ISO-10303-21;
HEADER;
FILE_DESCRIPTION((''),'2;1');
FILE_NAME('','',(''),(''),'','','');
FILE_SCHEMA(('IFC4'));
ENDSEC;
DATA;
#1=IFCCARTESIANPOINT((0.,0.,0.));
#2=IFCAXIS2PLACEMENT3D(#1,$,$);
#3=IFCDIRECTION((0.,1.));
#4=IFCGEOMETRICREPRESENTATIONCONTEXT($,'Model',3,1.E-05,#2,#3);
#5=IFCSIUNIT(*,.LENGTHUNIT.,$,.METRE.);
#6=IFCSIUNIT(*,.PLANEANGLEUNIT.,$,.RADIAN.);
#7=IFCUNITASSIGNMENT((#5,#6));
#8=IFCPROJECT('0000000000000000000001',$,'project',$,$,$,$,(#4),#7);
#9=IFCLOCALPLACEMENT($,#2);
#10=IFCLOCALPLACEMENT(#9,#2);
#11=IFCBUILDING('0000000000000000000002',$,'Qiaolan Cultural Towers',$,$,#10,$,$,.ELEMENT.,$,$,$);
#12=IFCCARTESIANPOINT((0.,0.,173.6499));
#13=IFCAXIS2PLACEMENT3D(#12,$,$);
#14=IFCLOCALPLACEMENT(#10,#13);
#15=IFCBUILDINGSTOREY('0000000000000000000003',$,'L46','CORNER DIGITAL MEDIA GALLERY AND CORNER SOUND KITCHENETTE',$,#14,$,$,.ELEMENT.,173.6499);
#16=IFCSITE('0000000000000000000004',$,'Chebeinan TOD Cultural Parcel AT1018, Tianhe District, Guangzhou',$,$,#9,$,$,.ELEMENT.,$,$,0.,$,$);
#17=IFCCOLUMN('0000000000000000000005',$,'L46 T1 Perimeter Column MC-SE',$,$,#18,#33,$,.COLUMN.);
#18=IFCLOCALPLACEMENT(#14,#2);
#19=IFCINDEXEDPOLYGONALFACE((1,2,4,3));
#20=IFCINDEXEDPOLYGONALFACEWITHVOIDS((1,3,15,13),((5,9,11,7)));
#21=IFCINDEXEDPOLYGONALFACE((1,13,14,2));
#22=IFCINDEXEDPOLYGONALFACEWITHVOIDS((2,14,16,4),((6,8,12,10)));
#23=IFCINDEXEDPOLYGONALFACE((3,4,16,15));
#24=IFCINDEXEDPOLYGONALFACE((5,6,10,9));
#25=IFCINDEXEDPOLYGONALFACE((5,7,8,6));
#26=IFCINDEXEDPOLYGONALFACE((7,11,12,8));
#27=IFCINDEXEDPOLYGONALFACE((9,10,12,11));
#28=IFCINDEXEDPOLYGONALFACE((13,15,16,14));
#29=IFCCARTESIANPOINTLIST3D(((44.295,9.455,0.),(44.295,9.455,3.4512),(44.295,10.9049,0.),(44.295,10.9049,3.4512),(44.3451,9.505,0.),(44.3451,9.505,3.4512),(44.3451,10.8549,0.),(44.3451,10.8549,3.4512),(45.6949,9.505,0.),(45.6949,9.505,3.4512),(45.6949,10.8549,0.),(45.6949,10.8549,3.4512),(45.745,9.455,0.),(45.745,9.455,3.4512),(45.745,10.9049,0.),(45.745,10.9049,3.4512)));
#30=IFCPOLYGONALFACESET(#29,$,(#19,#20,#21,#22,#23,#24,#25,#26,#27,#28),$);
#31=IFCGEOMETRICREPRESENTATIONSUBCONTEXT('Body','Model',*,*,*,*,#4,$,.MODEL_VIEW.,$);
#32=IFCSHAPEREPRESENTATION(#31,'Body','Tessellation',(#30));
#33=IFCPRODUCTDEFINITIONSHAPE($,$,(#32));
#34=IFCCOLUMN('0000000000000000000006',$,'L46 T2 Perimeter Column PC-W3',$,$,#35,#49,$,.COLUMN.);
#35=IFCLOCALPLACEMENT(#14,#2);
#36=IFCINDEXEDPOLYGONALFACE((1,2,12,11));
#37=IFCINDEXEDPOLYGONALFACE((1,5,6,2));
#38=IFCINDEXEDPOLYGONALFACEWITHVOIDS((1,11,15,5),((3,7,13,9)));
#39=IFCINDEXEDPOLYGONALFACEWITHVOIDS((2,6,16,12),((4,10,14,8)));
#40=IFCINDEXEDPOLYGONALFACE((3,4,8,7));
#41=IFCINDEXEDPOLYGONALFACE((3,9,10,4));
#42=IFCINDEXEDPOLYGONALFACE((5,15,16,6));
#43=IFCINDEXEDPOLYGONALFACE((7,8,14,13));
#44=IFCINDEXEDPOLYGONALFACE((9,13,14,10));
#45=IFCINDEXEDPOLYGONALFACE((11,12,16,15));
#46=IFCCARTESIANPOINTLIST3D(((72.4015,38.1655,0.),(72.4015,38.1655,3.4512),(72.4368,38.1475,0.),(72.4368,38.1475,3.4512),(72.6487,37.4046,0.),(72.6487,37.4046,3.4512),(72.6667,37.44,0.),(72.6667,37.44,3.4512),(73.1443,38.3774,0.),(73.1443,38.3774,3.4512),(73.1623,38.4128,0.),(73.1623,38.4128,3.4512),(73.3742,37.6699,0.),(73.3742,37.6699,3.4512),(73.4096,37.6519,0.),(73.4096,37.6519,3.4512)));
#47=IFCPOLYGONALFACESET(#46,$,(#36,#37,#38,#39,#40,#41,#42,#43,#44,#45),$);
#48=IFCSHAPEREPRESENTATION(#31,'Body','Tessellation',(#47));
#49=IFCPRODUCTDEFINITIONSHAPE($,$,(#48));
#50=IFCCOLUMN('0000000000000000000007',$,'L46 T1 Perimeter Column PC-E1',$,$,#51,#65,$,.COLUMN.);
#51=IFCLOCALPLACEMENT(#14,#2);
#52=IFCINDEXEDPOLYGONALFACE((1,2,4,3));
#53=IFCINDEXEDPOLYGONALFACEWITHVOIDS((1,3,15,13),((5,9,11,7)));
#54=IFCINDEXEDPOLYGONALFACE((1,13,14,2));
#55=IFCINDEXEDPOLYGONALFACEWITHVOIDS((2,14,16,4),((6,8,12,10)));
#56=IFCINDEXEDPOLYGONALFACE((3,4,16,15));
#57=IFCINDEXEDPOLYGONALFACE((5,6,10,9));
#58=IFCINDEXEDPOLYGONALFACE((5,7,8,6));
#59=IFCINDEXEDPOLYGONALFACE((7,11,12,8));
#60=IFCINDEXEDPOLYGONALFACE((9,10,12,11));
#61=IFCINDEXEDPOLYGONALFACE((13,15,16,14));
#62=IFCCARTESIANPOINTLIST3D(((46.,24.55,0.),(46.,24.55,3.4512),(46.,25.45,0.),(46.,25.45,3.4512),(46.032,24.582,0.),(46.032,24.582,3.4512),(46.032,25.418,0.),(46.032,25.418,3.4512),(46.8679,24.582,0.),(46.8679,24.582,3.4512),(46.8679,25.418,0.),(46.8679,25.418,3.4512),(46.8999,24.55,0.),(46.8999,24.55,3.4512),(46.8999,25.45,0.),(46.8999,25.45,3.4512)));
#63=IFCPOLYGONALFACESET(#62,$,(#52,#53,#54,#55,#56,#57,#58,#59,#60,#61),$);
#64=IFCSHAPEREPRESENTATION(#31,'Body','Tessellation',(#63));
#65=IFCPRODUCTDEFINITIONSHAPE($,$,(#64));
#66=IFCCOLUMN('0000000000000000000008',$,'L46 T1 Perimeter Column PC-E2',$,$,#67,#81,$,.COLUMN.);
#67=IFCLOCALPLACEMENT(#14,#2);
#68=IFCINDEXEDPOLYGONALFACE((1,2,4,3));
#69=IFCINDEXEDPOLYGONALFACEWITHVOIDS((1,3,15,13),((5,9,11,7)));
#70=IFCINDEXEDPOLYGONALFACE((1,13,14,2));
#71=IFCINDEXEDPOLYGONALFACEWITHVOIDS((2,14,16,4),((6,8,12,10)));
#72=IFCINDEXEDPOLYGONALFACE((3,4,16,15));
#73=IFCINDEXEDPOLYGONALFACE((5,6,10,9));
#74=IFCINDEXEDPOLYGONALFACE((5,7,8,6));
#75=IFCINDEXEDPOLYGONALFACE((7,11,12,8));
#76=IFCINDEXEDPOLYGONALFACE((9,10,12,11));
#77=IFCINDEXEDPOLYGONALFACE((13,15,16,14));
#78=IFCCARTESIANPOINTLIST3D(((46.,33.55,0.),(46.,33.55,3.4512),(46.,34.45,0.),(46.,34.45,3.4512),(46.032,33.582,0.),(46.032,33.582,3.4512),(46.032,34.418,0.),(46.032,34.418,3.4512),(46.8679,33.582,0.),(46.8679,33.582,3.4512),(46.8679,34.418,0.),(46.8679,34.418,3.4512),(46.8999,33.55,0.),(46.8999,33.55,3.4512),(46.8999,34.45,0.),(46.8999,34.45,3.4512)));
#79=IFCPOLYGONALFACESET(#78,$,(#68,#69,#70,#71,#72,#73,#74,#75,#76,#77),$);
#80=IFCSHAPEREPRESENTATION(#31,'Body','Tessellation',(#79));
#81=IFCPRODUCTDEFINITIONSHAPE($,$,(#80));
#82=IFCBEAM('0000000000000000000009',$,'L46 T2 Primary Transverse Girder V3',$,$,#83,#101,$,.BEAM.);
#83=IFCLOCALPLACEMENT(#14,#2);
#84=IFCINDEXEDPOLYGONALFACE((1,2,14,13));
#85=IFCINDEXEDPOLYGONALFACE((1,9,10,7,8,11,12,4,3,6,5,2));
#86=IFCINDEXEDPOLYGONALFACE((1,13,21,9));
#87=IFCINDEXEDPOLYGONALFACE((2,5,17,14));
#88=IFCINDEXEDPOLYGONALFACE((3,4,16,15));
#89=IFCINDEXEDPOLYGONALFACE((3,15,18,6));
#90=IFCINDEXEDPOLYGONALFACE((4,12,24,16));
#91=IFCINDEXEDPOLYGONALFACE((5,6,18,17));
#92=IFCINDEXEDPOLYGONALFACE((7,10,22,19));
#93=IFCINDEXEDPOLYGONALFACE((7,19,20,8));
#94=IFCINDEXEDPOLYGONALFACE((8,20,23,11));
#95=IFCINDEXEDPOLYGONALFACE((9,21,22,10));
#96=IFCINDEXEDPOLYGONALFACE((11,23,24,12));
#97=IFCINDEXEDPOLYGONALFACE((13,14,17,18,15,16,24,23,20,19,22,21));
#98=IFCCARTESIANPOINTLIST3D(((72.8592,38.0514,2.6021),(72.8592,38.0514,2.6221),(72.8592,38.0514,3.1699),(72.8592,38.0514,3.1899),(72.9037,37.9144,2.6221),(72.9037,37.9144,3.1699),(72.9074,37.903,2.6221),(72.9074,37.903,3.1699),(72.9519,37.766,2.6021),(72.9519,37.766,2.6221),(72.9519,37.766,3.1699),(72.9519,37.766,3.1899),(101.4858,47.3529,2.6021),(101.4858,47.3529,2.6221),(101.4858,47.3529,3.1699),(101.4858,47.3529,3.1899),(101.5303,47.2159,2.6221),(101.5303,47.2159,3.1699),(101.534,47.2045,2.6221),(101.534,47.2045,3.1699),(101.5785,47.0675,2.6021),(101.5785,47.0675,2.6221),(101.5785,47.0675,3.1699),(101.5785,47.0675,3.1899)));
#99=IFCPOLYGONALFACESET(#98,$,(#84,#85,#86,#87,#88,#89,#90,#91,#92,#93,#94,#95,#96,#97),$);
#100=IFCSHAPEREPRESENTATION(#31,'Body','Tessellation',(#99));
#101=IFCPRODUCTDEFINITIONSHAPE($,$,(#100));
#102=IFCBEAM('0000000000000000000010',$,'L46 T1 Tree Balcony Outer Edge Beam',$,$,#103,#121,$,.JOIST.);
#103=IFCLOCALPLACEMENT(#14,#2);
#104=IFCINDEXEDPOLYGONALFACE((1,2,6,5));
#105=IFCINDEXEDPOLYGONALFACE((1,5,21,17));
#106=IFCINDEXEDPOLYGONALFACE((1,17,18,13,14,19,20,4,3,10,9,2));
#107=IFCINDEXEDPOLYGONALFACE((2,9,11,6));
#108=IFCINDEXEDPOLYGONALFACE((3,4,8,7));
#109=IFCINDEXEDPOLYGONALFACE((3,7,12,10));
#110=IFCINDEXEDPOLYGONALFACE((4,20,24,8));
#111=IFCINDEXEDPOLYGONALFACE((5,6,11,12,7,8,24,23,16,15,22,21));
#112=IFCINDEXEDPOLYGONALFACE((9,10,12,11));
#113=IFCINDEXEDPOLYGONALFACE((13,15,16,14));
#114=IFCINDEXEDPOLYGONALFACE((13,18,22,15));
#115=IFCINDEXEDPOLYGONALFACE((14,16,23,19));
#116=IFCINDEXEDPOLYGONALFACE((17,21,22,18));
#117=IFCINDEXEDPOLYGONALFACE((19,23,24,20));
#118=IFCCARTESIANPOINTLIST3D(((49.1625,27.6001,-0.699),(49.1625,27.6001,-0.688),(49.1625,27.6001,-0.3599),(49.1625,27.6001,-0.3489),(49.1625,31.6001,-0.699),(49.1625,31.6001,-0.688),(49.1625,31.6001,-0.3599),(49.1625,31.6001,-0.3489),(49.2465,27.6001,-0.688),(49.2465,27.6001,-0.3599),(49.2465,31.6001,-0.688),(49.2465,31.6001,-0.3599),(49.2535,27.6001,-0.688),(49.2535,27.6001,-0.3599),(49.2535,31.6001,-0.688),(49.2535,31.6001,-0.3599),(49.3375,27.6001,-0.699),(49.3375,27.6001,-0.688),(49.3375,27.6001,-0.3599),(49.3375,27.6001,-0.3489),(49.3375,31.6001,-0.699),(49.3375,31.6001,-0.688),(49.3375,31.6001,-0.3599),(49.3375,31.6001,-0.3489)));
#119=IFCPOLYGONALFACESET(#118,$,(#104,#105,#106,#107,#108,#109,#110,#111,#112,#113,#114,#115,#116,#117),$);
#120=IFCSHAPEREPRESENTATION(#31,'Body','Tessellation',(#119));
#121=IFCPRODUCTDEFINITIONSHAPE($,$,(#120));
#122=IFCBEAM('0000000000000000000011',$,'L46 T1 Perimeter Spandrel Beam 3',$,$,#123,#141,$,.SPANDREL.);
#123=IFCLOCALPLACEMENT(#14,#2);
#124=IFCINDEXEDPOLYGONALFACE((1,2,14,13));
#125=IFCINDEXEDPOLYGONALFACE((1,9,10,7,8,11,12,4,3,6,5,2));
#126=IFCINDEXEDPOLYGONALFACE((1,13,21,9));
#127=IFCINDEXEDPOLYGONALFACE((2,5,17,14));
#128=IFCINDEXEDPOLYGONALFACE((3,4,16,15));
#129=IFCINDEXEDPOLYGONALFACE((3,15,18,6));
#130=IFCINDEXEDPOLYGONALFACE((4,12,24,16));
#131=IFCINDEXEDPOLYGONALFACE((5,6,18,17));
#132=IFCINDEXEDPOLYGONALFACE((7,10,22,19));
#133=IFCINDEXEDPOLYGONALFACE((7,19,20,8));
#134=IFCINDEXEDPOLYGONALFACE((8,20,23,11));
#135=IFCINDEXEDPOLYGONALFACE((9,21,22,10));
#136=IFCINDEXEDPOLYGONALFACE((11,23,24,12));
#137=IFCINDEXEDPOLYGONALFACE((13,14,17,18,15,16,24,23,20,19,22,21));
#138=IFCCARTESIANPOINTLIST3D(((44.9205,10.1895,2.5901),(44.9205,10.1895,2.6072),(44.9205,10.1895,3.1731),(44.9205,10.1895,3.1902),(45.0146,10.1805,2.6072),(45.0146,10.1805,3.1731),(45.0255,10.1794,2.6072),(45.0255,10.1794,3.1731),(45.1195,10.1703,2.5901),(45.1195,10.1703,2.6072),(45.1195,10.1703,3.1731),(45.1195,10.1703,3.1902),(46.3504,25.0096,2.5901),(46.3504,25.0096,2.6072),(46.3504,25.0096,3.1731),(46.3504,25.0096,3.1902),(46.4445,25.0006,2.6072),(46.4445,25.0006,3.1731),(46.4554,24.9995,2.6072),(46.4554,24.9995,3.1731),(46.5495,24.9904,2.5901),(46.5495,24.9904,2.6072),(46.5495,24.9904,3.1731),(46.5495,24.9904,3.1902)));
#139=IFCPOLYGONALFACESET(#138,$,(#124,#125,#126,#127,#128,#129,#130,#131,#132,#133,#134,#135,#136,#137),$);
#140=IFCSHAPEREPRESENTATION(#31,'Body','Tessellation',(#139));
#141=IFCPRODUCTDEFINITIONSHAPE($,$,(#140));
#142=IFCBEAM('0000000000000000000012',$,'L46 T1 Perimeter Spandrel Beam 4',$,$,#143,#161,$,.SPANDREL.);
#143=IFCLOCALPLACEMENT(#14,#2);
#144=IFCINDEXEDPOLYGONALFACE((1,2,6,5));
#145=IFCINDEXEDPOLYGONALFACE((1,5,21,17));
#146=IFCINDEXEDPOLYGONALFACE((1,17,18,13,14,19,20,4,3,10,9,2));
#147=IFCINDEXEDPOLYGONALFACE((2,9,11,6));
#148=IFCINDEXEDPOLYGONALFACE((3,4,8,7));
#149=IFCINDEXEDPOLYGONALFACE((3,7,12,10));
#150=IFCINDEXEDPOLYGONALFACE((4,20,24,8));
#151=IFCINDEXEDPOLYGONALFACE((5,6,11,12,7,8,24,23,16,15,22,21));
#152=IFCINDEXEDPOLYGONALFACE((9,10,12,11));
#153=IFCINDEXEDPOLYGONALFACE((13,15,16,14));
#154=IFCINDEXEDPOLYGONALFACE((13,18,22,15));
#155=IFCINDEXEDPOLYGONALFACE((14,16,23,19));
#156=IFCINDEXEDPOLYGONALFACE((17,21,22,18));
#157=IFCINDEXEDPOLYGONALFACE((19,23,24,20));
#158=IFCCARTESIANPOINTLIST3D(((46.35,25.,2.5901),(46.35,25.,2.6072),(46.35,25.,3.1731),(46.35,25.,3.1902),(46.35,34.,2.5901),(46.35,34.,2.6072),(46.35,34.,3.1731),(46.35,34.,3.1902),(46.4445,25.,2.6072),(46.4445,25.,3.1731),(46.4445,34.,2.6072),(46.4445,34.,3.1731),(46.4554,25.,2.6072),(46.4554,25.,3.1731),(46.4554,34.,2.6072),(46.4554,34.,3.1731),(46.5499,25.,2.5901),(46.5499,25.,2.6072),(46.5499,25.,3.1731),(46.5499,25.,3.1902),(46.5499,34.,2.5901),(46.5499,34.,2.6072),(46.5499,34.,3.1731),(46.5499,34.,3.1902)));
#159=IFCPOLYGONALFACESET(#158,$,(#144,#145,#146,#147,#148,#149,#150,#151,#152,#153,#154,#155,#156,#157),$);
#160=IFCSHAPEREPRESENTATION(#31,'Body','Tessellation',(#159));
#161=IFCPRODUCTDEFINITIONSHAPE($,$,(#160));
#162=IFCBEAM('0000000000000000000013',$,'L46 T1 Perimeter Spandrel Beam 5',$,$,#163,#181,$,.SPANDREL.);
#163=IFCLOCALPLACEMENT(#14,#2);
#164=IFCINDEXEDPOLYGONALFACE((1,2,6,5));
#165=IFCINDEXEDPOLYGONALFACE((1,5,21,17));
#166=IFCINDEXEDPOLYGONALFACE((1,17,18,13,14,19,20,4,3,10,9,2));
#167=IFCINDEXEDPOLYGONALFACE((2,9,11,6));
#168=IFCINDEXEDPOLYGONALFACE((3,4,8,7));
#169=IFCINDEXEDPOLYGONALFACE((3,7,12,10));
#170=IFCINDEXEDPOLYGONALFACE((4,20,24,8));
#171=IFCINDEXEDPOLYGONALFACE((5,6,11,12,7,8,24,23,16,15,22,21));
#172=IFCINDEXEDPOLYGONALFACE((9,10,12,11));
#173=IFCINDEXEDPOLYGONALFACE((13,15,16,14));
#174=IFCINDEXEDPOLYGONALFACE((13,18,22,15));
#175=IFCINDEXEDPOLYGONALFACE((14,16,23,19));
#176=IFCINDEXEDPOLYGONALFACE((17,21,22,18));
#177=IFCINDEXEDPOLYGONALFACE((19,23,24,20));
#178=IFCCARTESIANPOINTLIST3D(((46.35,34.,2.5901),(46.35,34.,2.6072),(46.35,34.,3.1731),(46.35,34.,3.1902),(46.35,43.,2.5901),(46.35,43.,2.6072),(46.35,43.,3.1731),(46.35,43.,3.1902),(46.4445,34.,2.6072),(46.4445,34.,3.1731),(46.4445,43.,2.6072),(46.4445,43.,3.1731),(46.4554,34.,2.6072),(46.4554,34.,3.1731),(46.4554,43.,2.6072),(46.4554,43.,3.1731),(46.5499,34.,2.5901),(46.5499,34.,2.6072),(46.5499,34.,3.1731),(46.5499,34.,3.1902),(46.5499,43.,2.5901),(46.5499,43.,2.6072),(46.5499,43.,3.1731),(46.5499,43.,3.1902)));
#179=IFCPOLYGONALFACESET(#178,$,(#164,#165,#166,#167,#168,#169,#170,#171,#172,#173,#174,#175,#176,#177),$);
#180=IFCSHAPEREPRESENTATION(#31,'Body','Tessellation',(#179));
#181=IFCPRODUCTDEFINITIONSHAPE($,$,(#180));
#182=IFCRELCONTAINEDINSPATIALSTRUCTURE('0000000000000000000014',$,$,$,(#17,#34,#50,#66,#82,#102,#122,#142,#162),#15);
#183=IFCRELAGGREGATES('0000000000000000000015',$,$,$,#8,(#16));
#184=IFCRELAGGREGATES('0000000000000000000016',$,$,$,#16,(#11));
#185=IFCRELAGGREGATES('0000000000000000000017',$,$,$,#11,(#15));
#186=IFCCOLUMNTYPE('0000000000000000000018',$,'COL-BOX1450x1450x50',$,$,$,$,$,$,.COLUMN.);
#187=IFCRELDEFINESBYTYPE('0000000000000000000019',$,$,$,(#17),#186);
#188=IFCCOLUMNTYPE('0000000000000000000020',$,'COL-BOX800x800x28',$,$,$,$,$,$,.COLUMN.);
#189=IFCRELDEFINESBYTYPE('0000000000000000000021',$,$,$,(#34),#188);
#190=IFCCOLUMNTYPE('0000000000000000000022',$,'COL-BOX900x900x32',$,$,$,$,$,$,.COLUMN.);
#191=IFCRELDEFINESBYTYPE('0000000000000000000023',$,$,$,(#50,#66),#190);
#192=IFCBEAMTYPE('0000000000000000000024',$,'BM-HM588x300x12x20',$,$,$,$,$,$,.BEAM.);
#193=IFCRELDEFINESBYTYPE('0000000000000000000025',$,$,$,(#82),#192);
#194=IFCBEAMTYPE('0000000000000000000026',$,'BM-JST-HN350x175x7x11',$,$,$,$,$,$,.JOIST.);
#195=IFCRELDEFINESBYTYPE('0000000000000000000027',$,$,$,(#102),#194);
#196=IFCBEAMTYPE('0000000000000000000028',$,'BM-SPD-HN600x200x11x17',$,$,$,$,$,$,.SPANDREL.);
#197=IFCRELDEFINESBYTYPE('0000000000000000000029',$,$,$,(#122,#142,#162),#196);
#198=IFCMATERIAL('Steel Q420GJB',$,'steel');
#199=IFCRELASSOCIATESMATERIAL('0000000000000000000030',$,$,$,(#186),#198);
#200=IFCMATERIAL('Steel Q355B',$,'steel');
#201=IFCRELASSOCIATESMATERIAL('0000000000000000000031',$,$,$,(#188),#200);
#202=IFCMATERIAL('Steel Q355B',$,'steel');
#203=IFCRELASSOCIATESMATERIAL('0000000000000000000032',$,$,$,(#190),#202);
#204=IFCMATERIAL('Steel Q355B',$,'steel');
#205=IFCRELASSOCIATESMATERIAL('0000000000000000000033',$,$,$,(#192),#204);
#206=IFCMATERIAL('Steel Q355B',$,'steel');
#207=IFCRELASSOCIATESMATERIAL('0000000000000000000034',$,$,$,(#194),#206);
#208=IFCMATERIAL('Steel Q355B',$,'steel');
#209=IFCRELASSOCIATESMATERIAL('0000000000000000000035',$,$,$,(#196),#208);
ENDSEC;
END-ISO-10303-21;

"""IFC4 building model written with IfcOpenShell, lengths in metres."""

from ifc_helpers import new_model, si_unit, direction, frame, origin, origin_2d, place, context, subcontext, project, spatial, hollow_rectangle, i_section, extrude, material, material_profile, profile_set, type_object, element, save


model = new_model("IFC4")

# Units and contexts
model_context = context("Model", 3, precision=1e-05, world=origin(), true_north=direction((0.0, 1.0)))
body_context = subcontext(model_context, "Body", "Model", "MODEL_VIEW")
ifc_project = project(units=[si_unit("LENGTHUNIT", "METRE"), si_unit("PLANEANGLEUNIT", "RADIAN")], contexts=[model_context])

# Site, building, storey
site_placement = place(None, origin())
site = spatial("IfcSite", under=ifc_project, at=site_placement, Name="Chebeinan TOD Cultural Parcel AT1018, Tianhe District, Guangzhou", CompositionType="ELEMENT", RefElevation=0.0)
building_placement = place(site_placement, origin())
building = spatial("IfcBuilding", under=site, at=building_placement, Name="Qiaolan Cultural Towers", CompositionType="ELEMENT")
storey_placement = place(building_placement, frame((0.0, 0.0, 173.6499)))
storey = spatial("IfcBuildingStorey", under=building, at=storey_placement, Name="L46", Description="CORNER DIGITAL MEDIA GALLERY AND CORNER SOUND KITCHENETTE", CompositionType="ELEMENT", Elevation=173.6499)

# Columns
ifc_material_1 = material(Name="Steel Q420GJB", Category="steel")
ifc_material_profile_1 = material_profile(ifc_material_1, hollow_rectangle(XDim=1.45, YDim=1.45, WallThickness=0.05, at=origin_2d()), Name="BOX1450x1450x50")
ifc_profile_set_1 = profile_set([ifc_material_profile_1], Name="Steel Q420GJB")
column_type_1 = type_object("IfcColumnType", Name="COL-BOX1450x1450x50", PredefinedType="COLUMN", material=ifc_profile_set_1)
column_1_placement = place(storey_placement, frame((45.02, 10.1799, 0.0), z_axis=(0.0, 0.0, 1.0), x_axis=(1.0, 0.0, 0.0)))
element("IfcColumn", 1, at=column_1_placement, inside=storey, type_object=column_type_1, Name="L46 T1 Perimeter Column MC-SE", PredefinedType="COLUMN", context=body_context, shape_type="SweptSolid", body=[
    extrude(hollow_rectangle(XDim=1.45, YDim=1.45, WallThickness=0.05, at=origin_2d()), origin(), (0.0, 0.0, 1.0), 3.4512),
])
ifc_material_2 = material(Name="Steel Q355B", Category="steel")
ifc_material_profile_2 = material_profile(ifc_material_2, hollow_rectangle(XDim=0.8, YDim=0.8, WallThickness=0.0281, at=origin_2d()), Name="BOX800x800x28")
ifc_profile_set_2 = profile_set([ifc_material_profile_2], Name="Steel Q355B")
column_type_2 = type_object("IfcColumnType", Name="COL-BOX800x800x28", PredefinedType="COLUMN", material=ifc_profile_set_2)
column_2_placement = place(storey_placement, frame((72.9055, 37.9087, 0.0), z_axis=(0.0, 0.0, 1.0), x_axis=(0.951057, 0.309017, 0.0)))
element("IfcColumn", 2, at=column_2_placement, inside=storey, type_object=column_type_2, Name="L46 T2 Perimeter Column PC-W3", PredefinedType="COLUMN", context=body_context, shape_type="SweptSolid", body=[
    extrude(hollow_rectangle(XDim=0.8, YDim=0.8, WallThickness=0.0281, at=origin_2d()), origin(), (0.0, 0.0, 1.0), 3.4512),
])
ifc_material_3 = material(Name="Steel Q355B", Category="steel")
ifc_material_profile_3 = material_profile(ifc_material_3, hollow_rectangle(XDim=0.8999, YDim=0.8999, WallThickness=0.032, at=origin_2d()), Name="BOX900x900x32")
ifc_profile_set_3 = profile_set([ifc_material_profile_3], Name="Steel Q355B")
column_type_3 = type_object("IfcColumnType", Name="COL-BOX900x900x32", PredefinedType="COLUMN", material=ifc_profile_set_3)
for number, where, z_axis, x_axis, name in (
    (3, (46.45, 25.0, 0.0), (0.0, 0.0, 1.0), (1.0, 0.0, 0.0), "L46 T1 Perimeter Column PC-E1"),
    (4, (46.45, 34.0, 0.0), (0.0, 0.0, 1.0), (1.0, 0.0, 0.0), "L46 T1 Perimeter Column PC-E2"),
):
    element("IfcColumn", number, at=place(storey_placement, frame(where, z_axis=z_axis, x_axis=x_axis)), inside=storey, type_object=column_type_3, Name=name, PredefinedType="COLUMN", context=body_context, shape_type="SweptSolid", body=[
        extrude(hollow_rectangle(XDim=0.8999, YDim=0.8999, WallThickness=0.032, at=origin_2d()), origin(), (0.0, 0.0, 1.0), 3.4512),
    ])

# Beams
ifc_material_4 = material(Name="Steel Q355B", Category="steel")
ifc_material_profile_4 = material_profile(ifc_material_4, i_section(OverallWidth=0.3, OverallDepth=0.5879, WebThickness=0.012, FlangeThickness=0.02, at=origin_2d()), Name="HM588x300x12x20")
ifc_profile_set_4 = profile_set([ifc_material_profile_4], Name="Steel Q355B")
beam_type_1 = type_object("IfcBeamType", Name="BM-HM588x300x12x20", PredefinedType="BEAM", material=ifc_profile_set_4)
beam_1_placement = place(storey_placement, frame((72.9055, 37.9087, 2.896), z_axis=(0.951055, 0.309021, 0.0), x_axis=(-0.309021, 0.951055, 0.0)))
element("IfcBeam", 5, at=beam_1_placement, inside=storey, type_object=beam_type_1, Name="L46 T2 Primary Transverse Girder V3", PredefinedType="BEAM", context=body_context, shape_type="SweptSolid", body=[
    extrude(i_section(OverallWidth=0.3, OverallDepth=0.5879, WebThickness=0.012, FlangeThickness=0.02, at=origin_2d()), origin(), (0.0, 0.0, 1.0), 30.0999),
])
ifc_material_5 = material(Name="Steel Q355B", Category="steel")
ifc_material_profile_5 = material_profile(ifc_material_5, i_section(OverallWidth=0.175, OverallDepth=0.3501, WebThickness=0.0071, FlangeThickness=0.011, at=origin_2d()), Name="HN350x175x7x11")
ifc_profile_set_5 = profile_set([ifc_material_profile_5], Name="Steel Q355B")
beam_type_2 = type_object("IfcBeamType", Name="BM-JST-HN350x175x7x11", PredefinedType="JOIST", material=ifc_profile_set_5)
beam_2_placement = place(storey_placement, frame((49.25, 27.6001, -0.5239), z_axis=(0.0, 1.0, 0.0), x_axis=(-1.0, 0.0, 0.0)))
element("IfcBeam", 6, at=beam_2_placement, inside=storey, type_object=beam_type_2, Name="L46 T1 Tree Balcony Outer Edge Beam", PredefinedType="JOIST", context=body_context, shape_type="SweptSolid", body=[
    extrude(i_section(OverallWidth=0.175, OverallDepth=0.3501, WebThickness=0.0071, FlangeThickness=0.011, at=origin_2d()), origin(), (0.0, 0.0, 1.0), 4.0),
])
ifc_material_6 = material(Name="Steel Q355B", Category="steel")
ifc_material_profile_6 = material_profile(ifc_material_6, i_section(OverallWidth=0.2, OverallDepth=0.6001, WebThickness=0.011, FlangeThickness=0.0171, at=origin_2d()), Name="HN600x200x11x17")
ifc_profile_set_6 = profile_set([ifc_material_profile_6], Name="Steel Q355B")
beam_type_3 = type_object("IfcBeamType", Name="BM-SPD-HN600x200x11x17", PredefinedType="SPANDREL", material=ifc_profile_set_6)
beam_3_placement = place(storey_placement, frame((45.02, 10.1799, 2.8901), z_axis=(0.09604, 0.995377, 0.0), x_axis=(-0.995377, 0.09604, 0.0)))
element("IfcBeam", 7, at=beam_3_placement, inside=storey, type_object=beam_type_3, Name="L46 T1 Perimeter Spandrel Beam 3", PredefinedType="SPANDREL", context=body_context, shape_type="SweptSolid", body=[
    extrude(i_section(OverallWidth=0.2, OverallDepth=0.6001, WebThickness=0.011, FlangeThickness=0.0171, at=origin_2d()), origin(), (0.0, 0.0, 1.0), 14.8889),
])
for number, where, z_axis, x_axis, name in (
    (8, (46.45, 25.0, 2.8901), (0.0, 1.0, 0.0), (-1.0, 0.0, 0.0), "L46 T1 Perimeter Spandrel Beam 4"),
    (9, (46.45, 34.0, 2.8901), (0.0, 1.0, 0.0), (-1.0, 0.0, 0.0), "L46 T1 Perimeter Spandrel Beam 5"),
):
    element("IfcBeam", number, at=place(storey_placement, frame(where, z_axis=z_axis, x_axis=x_axis)), inside=storey, type_object=beam_type_3, Name=name, PredefinedType="SPANDREL", context=body_context, shape_type="SweptSolid", body=[
        extrude(i_section(OverallWidth=0.2, OverallDepth=0.6001, WebThickness=0.011, FlangeThickness=0.0171, at=origin_2d()), origin(), (0.0, 0.0, 1.0), 9.0),
    ])

save(model, "model.ifc")
